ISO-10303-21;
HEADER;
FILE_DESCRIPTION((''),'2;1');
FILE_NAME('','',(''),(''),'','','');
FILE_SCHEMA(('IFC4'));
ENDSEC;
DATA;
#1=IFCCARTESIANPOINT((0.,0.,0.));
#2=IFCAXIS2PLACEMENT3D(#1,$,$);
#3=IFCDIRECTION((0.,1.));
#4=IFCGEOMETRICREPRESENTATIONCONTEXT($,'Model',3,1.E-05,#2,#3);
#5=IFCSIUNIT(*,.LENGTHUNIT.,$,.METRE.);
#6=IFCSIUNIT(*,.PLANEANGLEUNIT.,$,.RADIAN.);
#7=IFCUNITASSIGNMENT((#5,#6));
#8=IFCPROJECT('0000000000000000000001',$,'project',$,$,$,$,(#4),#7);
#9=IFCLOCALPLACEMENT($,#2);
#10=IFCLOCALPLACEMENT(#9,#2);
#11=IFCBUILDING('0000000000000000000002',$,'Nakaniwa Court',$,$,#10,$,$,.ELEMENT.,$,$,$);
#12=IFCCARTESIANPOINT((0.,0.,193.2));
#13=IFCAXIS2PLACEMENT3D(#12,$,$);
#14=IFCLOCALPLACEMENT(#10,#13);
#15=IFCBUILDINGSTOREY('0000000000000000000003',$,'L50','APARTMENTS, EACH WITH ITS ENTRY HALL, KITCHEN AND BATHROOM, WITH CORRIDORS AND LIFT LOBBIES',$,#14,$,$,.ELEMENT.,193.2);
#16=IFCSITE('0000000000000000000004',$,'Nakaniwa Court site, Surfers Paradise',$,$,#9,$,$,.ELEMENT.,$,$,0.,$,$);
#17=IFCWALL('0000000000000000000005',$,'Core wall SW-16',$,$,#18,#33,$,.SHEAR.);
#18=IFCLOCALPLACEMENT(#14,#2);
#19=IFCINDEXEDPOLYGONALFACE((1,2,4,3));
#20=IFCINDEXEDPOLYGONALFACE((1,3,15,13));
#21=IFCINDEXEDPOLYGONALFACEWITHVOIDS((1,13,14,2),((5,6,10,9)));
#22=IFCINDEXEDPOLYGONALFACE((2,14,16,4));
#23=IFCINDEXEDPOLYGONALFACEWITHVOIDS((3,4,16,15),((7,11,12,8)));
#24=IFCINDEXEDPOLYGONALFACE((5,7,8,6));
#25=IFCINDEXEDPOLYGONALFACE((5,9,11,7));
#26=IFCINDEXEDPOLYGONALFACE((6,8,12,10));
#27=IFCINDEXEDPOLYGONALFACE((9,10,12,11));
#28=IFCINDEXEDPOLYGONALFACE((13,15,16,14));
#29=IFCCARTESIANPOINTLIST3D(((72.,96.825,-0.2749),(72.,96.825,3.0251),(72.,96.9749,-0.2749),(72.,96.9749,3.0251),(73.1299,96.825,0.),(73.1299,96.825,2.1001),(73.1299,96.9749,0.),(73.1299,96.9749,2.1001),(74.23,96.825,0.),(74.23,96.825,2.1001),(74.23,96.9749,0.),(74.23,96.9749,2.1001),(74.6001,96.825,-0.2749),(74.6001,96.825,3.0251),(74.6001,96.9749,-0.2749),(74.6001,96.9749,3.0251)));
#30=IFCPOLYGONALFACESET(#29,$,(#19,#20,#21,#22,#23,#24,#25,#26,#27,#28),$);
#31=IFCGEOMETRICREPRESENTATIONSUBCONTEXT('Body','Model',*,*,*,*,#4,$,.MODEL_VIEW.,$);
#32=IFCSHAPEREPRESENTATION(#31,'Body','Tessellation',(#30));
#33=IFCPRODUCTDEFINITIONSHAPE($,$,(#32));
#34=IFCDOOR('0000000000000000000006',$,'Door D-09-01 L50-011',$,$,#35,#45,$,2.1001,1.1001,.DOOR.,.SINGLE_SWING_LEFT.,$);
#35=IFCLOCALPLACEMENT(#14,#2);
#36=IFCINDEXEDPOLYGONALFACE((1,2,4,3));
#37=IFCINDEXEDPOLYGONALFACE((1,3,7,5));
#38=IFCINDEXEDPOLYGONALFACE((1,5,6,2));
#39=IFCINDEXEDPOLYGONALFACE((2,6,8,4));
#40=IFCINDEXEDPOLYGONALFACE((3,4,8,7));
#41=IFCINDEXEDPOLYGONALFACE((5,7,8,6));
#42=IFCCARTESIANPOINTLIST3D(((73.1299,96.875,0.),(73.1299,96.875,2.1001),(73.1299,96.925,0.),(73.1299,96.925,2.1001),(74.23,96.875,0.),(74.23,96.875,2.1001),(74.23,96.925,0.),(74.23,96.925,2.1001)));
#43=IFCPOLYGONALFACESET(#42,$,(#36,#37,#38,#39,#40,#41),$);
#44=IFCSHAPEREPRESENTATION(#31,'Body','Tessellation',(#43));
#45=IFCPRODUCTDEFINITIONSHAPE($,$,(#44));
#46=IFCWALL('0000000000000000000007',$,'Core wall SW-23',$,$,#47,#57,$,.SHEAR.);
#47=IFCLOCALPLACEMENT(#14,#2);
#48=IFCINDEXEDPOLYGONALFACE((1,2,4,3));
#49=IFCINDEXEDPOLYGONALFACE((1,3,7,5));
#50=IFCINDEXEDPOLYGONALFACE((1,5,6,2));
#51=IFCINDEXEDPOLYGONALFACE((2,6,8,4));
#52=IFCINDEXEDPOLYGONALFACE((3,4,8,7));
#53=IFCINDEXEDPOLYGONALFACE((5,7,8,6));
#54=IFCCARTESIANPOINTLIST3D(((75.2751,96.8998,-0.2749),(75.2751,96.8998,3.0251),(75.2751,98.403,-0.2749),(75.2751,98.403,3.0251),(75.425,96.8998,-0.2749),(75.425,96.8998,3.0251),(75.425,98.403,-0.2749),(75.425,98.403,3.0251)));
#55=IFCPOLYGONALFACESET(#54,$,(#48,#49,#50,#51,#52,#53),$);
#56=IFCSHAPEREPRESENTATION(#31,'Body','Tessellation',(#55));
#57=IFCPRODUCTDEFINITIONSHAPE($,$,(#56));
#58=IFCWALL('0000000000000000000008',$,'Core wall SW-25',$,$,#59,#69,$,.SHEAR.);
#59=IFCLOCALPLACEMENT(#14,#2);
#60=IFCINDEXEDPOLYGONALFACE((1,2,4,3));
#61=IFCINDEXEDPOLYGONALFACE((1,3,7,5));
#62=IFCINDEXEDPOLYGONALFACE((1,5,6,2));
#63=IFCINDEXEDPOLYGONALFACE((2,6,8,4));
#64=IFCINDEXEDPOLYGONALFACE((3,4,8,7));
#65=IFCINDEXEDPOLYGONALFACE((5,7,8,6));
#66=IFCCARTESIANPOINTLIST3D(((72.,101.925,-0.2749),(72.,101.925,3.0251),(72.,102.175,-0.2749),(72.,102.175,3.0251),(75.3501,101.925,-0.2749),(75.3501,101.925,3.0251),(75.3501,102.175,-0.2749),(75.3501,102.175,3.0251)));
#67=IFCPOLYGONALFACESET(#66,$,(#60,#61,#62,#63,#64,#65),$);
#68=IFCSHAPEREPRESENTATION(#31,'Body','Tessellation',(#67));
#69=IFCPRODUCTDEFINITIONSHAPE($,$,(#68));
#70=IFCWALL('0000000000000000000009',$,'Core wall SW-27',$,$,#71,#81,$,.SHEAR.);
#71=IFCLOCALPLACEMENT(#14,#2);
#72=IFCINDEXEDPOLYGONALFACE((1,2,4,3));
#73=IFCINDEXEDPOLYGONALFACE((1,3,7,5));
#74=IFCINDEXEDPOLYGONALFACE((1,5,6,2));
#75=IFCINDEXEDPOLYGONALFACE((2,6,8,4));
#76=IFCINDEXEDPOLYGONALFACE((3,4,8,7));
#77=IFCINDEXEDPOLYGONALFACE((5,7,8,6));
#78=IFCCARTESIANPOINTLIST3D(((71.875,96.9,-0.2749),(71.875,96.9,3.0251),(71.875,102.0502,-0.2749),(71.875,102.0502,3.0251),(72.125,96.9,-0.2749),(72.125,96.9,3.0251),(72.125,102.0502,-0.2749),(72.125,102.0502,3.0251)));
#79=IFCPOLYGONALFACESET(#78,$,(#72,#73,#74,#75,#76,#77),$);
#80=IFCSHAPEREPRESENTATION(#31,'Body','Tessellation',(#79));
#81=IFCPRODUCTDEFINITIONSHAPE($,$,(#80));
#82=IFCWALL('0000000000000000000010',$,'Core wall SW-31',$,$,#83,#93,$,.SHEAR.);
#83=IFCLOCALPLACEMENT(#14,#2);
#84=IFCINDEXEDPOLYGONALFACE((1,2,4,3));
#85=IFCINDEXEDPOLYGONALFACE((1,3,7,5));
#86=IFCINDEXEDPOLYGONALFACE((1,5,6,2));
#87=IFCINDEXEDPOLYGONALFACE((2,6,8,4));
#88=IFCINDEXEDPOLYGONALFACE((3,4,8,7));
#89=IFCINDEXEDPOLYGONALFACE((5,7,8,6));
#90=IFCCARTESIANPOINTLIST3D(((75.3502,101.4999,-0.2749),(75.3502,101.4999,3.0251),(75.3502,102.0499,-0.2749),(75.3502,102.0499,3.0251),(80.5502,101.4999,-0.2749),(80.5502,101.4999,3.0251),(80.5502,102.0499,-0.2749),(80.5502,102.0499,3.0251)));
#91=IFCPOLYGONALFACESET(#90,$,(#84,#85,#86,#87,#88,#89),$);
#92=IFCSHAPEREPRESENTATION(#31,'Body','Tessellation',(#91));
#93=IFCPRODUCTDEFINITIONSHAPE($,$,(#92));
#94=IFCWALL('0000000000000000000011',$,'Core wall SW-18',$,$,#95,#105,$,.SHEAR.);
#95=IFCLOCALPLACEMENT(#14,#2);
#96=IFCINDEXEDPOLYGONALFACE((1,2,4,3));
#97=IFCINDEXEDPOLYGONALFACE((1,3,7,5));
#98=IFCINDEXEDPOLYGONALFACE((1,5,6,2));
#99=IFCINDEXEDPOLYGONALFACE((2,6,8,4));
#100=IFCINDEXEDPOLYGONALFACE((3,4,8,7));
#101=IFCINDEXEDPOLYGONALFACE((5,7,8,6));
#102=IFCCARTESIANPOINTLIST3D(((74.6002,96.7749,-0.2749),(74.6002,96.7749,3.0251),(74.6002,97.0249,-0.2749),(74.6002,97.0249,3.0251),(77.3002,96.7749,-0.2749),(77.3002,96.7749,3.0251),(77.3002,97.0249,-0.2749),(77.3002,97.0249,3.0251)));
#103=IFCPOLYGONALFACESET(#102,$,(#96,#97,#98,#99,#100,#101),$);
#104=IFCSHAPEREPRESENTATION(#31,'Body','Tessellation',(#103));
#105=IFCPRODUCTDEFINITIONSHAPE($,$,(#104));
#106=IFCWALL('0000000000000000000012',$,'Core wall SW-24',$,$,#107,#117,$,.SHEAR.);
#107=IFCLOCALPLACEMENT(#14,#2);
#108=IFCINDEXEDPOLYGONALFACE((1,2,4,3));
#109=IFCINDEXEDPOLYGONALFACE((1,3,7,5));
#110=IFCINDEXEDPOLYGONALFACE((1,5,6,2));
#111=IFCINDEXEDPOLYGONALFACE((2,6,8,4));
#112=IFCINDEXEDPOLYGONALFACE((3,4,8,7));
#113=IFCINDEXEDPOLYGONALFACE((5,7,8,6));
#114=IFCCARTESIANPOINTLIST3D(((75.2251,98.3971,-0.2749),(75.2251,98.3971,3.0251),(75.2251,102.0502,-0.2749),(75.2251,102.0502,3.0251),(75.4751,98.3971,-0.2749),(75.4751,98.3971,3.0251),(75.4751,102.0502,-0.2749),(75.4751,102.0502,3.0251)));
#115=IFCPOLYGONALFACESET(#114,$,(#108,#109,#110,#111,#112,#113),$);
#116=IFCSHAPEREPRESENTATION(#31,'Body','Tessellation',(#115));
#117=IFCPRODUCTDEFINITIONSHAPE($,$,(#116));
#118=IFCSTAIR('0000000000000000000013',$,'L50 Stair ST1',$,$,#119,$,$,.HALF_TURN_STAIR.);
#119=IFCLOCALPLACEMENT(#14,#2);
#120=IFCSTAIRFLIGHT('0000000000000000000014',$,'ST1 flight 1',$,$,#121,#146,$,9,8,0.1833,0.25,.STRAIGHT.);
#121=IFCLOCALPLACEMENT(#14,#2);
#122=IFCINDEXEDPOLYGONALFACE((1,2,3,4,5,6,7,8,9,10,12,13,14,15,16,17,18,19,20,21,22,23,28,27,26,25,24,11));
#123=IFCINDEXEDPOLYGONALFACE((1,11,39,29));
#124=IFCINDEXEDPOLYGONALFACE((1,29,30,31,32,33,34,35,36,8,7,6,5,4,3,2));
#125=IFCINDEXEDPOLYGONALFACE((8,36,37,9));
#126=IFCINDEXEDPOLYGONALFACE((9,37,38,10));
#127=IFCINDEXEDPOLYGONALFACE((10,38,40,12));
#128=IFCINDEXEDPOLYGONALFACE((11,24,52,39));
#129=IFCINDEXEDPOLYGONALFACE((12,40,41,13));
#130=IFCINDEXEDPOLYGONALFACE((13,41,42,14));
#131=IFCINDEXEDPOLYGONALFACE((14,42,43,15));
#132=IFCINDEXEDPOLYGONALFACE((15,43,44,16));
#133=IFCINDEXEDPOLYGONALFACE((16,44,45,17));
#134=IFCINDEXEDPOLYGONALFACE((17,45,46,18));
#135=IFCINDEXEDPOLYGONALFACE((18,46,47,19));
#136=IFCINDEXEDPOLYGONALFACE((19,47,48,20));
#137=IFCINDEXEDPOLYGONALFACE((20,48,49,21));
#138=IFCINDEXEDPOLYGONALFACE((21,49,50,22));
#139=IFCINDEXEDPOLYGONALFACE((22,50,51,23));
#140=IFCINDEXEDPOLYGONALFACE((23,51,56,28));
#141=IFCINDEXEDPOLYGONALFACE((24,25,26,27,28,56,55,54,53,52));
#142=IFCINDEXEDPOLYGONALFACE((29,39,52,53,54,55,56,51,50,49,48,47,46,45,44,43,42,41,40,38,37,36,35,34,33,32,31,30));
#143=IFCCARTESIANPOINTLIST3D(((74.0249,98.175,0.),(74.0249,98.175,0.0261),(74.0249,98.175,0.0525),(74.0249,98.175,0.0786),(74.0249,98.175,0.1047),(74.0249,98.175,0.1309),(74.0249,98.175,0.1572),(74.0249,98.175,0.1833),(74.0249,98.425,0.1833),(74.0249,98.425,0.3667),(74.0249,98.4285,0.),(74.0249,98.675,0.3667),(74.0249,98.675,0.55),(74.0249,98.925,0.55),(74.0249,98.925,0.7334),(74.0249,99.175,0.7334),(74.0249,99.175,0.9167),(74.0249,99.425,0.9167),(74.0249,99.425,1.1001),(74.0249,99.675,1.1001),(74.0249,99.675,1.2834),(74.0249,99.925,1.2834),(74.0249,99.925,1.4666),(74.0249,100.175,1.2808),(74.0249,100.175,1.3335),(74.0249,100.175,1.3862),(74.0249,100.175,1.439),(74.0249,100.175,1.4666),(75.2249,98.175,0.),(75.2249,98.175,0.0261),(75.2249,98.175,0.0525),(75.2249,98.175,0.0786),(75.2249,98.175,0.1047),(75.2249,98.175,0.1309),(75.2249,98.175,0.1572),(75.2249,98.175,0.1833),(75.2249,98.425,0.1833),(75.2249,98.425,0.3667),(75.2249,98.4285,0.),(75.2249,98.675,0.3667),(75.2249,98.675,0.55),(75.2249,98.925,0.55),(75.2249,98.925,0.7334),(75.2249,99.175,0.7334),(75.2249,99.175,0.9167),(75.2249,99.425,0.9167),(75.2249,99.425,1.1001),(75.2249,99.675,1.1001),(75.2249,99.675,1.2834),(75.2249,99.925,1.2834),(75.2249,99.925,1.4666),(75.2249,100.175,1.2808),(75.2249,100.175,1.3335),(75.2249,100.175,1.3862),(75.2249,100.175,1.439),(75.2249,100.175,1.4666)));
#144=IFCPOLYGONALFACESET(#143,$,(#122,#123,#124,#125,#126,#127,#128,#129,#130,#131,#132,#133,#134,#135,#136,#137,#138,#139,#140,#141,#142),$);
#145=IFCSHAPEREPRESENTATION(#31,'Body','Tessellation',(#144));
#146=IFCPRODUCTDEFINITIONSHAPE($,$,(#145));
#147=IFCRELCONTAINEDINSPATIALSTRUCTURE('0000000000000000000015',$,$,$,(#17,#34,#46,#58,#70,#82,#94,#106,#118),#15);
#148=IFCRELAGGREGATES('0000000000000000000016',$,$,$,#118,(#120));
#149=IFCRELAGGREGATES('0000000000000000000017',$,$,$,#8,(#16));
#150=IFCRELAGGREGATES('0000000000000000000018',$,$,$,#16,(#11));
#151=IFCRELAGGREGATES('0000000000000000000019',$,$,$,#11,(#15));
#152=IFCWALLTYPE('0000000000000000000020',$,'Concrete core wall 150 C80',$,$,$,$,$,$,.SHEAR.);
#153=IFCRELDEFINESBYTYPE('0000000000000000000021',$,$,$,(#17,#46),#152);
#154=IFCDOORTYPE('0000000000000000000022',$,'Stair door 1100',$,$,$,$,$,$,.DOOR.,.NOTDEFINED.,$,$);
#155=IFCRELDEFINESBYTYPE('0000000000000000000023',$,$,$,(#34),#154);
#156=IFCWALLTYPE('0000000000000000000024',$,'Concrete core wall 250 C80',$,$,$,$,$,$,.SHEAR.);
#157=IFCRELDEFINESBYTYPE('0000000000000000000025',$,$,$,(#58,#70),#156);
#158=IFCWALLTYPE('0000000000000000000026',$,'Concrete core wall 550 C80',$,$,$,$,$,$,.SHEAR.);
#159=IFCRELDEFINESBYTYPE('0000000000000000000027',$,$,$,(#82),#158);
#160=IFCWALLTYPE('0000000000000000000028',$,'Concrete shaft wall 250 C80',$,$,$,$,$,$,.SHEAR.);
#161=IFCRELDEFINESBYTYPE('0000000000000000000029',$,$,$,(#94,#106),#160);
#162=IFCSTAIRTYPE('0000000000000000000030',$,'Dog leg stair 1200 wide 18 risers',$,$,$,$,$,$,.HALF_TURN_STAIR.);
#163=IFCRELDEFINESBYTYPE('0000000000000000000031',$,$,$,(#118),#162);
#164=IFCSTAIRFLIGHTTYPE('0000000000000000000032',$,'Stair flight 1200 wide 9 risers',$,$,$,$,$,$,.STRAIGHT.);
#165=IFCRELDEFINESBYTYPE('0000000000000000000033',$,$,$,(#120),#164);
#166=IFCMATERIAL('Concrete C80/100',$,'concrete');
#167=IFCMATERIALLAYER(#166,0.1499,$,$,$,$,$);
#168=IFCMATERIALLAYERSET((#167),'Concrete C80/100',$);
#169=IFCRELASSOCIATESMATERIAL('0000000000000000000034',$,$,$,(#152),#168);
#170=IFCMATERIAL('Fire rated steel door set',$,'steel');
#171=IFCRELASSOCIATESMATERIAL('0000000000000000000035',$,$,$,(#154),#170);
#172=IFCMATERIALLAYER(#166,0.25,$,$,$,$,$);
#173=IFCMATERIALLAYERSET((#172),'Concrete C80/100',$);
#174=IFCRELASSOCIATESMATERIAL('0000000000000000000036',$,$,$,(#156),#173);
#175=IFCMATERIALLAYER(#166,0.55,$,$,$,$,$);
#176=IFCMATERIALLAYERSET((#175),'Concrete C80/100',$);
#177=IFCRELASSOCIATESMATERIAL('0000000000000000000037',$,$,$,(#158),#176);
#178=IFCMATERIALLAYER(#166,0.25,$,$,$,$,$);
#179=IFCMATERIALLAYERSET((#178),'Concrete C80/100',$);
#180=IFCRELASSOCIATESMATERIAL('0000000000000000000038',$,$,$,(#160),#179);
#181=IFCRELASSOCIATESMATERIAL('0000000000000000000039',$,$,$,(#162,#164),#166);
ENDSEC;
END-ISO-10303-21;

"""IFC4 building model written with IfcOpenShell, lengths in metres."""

from ifc_helpers import new_model, si_unit, direction, frame, frame_2d, origin, place, context, subcontext, project, spatial, polyline, rectangle, outline, extrude, material, layer, layer_set, type_object, element, fill, aggregate, save


model = new_model("IFC4")

# Units and contexts
model_context = context("Model", 3, precision=1e-05, world=origin(), true_north=direction((0.0, 1.0)))
body_context = subcontext(model_context, "Body", "Model", "MODEL_VIEW")
ifc_project = project(units=[si_unit("LENGTHUNIT", "METRE"), si_unit("PLANEANGLEUNIT", "RADIAN")], contexts=[model_context])

# Site, building, storey
site_placement = place(None, origin())
site = spatial("IfcSite", under=ifc_project, at=site_placement, Name="Nakaniwa Court site, Surfers Paradise", CompositionType="ELEMENT", RefElevation=0.0)
building_placement = place(site_placement, origin())
building = spatial("IfcBuilding", under=site, at=building_placement, Name="Nakaniwa Court", CompositionType="ELEMENT")
storey_placement = place(building_placement, frame((0.0, 0.0, 193.2)))
storey = spatial("IfcBuildingStorey", under=building, at=storey_placement, Name="L50", Description="APARTMENTS, EACH WITH ITS ENTRY HALL, KITCHEN AND BATHROOM, WITH CORRIDORS AND LIFT LOBBIES", CompositionType="ELEMENT", Elevation=193.2)

# Shared definitions
ifc_material_1 = material(Name="Concrete C80/100", Category="concrete")

# Shared definitions
ifc_material_2 = material(Name="Fire rated steel door set", Category="steel")

# Wall, opening, door
ifc_layer_1 = layer(ifc_material_1, 0.1499)
ifc_layer_set_1 = layer_set([ifc_layer_1], Name="Concrete C80/100")
wall_type_1 = type_object("IfcWallType", Name="Concrete core wall 150 C80", PredefinedType="SHEAR", material=ifc_layer_set_1)
wall_1_placement = place(storey_placement, frame((74.6001, 96.8999, -0.2749), z_axis=(0.0, 0.0, 1.0), x_axis=(-1.0, 0.0, 0.0)))
wall_1 = element("IfcWall", 1, at=wall_1_placement, inside=storey, type_object=wall_type_1, Name="Core wall SW-16", PredefinedType="SHEAR", context=body_context, shape_type="SweptSolid", body=[
    extrude(rectangle(XDim=2.6001, YDim=0.1499, at=frame_2d((1.3, 0.0))), origin(), (0.0, 0.0, 1.0), 3.3),
])
opening_1_placement = place(wall_1_placement, frame((0.3701, 0.0, 0.2749)))
opening_1 = element("IfcOpeningElement", 2, at=opening_1_placement, cuts=wall_1, PredefinedType="OPENING", context=body_context, shape_type="SweptSolid", body=[
    extrude(rectangle(XDim=1.1001, YDim=2.1001, at=frame_2d((0.55, 1.05))), frame((0.0, 0.085, 0.0), z_axis=(0.0, -1.0, 0.0), x_axis=(1.0, 0.0, 0.0)), (0.0, 0.0, 1.0), 0.1699),
])
door_type_1 = type_object("IfcDoorType", Name="Stair door 1100", OperationType="NOTDEFINED", PredefinedType="DOOR", material=ifc_material_2)
door_1_placement = place(opening_1_placement, origin())
door_1 = element("IfcDoor", 3, at=door_1_placement, inside=storey, type_object=door_type_1, Name="Door D-09-01 L50-011", OperationType="SINGLE_SWING_LEFT", OverallHeight=2.1001, OverallWidth=1.1001, PredefinedType="DOOR", context=body_context, shape_type="SweptSolid", body=[
    extrude(rectangle(XDim=1.1001, YDim=2.1001, at=frame_2d((0.55, 1.05))), frame((0.0, 0.0249, 0.0), z_axis=(0.0, -1.0, 0.0), x_axis=(1.0, 0.0, 0.0)), (0.0, 0.0, 1.0), 0.05),
])
fill(opening_1, door_1)

# Walls
wall_2_placement = place(storey_placement, frame((75.3501, 96.8999, -0.2749), z_axis=(0.0, 0.0, 1.0), x_axis=(0.0, 1.0, 0.0)))
element("IfcWall", 4, at=wall_2_placement, inside=storey, type_object=wall_type_1, Name="Core wall SW-23", PredefinedType="SHEAR", context=body_context, shape_type="SweptSolid", body=[
    extrude(rectangle(XDim=1.5032, YDim=0.1499, at=frame_2d((0.7515, 0.0))), origin(), (0.0, 0.0, 1.0), 3.3),
])
ifc_layer_2 = layer(ifc_material_1, 0.25)
ifc_layer_set_2 = layer_set([ifc_layer_2], Name="Concrete C80/100")
wall_type_2 = type_object("IfcWallType", Name="Concrete core wall 250 C80", PredefinedType="SHEAR", material=ifc_layer_set_2)
wall_3_placement = place(storey_placement, frame((72.0, 102.05, -0.2749), z_axis=(0.0, 0.0, 1.0), x_axis=(1.0, 0.0, 0.0)))
element("IfcWall", 5, at=wall_3_placement, inside=storey, type_object=wall_type_2, Name="Core wall SW-25", PredefinedType="SHEAR", context=body_context, shape_type="SweptSolid", body=[
    extrude(rectangle(XDim=3.3501, YDim=0.25, at=frame_2d((1.675, 0.0))), origin(), (0.0, 0.0, 1.0), 3.3),
])
wall_4_placement = place(storey_placement, frame((72.0, 96.8999, -0.2749), z_axis=(0.0, 0.0, 1.0), x_axis=(0.0, 1.0, 0.0)))
element("IfcWall", 6, at=wall_4_placement, inside=storey, type_object=wall_type_2, Name="Core wall SW-27", PredefinedType="SHEAR", context=body_context, shape_type="SweptSolid", body=[
    extrude(rectangle(XDim=5.1501, YDim=0.25, at=frame_2d((2.5752, 0.0))), origin(), (0.0, 0.0, 1.0), 3.3),
])
ifc_layer_3 = layer(ifc_material_1, 0.55)
ifc_layer_set_3 = layer_set([ifc_layer_3], Name="Concrete C80/100")
wall_type_3 = type_object("IfcWallType", Name="Concrete core wall 550 C80", PredefinedType="SHEAR", material=ifc_layer_set_3)
wall_5_placement = place(storey_placement, frame((75.3501, 101.7749, -0.2749), z_axis=(0.0, 0.0, 1.0), x_axis=(1.0, 0.0, 0.0)))
element("IfcWall", 7, at=wall_5_placement, inside=storey, type_object=wall_type_3, Name="Core wall SW-31", PredefinedType="SHEAR", context=body_context, shape_type="SweptSolid", body=[
    extrude(rectangle(XDim=5.2, YDim=0.55, at=frame_2d((2.6001, 0.0))), origin(), (0.0, 0.0, 1.0), 3.3),
])
ifc_layer_4 = layer(ifc_material_1, 0.25)
ifc_layer_set_4 = layer_set([ifc_layer_4], Name="Concrete C80/100")
wall_type_4 = type_object("IfcWallType", Name="Concrete shaft wall 250 C80", PredefinedType="SHEAR", material=ifc_layer_set_4)
wall_6_placement = place(storey_placement, frame((74.6001, 96.8999, -0.2749), z_axis=(0.0, 0.0, 1.0), x_axis=(1.0, 0.0, 0.0)))
element("IfcWall", 8, at=wall_6_placement, inside=storey, type_object=wall_type_4, Name="Core wall SW-18", PredefinedType="SHEAR", context=body_context, shape_type="SweptSolid", body=[
    extrude(rectangle(XDim=2.7, YDim=0.25, at=frame_2d((1.3501, 0.0))), origin(), (0.0, 0.0, 1.0), 3.3),
])
wall_7_placement = place(storey_placement, frame((75.3501, 98.397, -0.2749), z_axis=(0.0, 0.0, 1.0), x_axis=(0.0, 1.0, 0.0)))
element("IfcWall", 9, at=wall_7_placement, inside=storey, type_object=wall_type_4, Name="Core wall SW-24", PredefinedType="SHEAR", context=body_context, shape_type="SweptSolid", body=[
    extrude(rectangle(XDim=3.6531, YDim=0.25, at=frame_2d((1.8267, 0.0))), origin(), (0.0, 0.0, 1.0), 3.3),
])

# Stair, stair flight
stair_type = type_object("IfcStairType", Name="Dog leg stair 1200 wide 18 risers", PredefinedType="HALF_TURN_STAIR", material=ifc_material_1)
stair_placement = place(storey_placement, origin())
stair = element("IfcStair", 10, at=stair_placement, inside=storey, type_object=stair_type, Name="L50 Stair ST1", PredefinedType="HALF_TURN_STAIR")
stair_flight_type = type_object("IfcStairFlightType", Name="Stair flight 1200 wide 9 risers", PredefinedType="STRAIGHT", material=ifc_material_1)
stair_flight_1_placement = place(storey_placement, frame((74.625, 98.175, 0.0), z_axis=(0.0, 0.0, 1.0), x_axis=(0.0, 1.0, 0.0)))
stair_flight_1 = element("IfcStairFlight", 11, at=stair_flight_1_placement, type_object=stair_flight_type, Name="ST1 flight 1", NumberOfRisers=9, NumberOfTreads=8, PredefinedType="STRAIGHT", RiserHeight=0.1833, TreadLength=0.25, context=body_context, shape_type="SweptSolid", body=[
    extrude(outline(polyline([(0.0, 0.0), (0.0, 0.0261), (0.0, 0.0525), (0.0, 0.0786), (0.0, 0.1047), (0.0, 0.1309), (0.0, 0.1572), (0.0, 0.1833), (0.25, 0.1833), (0.25, 0.3667), (0.5, 0.3667), (0.5, 0.55), (0.75, 0.55), (0.75, 0.7334), (1.0, 0.7334), (1.0, 0.9167), (1.25, 0.9167), (1.25, 1.1001), (1.5, 1.1001), (1.5, 1.2834), (1.75, 1.2834), (1.75, 1.4666), (2.0, 1.4666), (2.0, 1.6499), (2.0, 1.5972), (2.0, 1.5444), (2.0, 1.4917), (2.0, 1.439), (2.0, 1.3862), (2.0, 1.3335), (2.0, 1.2808), (0.2534, 0.0), (0.0, 0.0)])), frame((0.0, 0.6001, 0.0), z_axis=(0.0, -1.0, 0.0), x_axis=(1.0, 0.0, 0.0)), (0.0, 0.0, 1.0), 1.2),
])
aggregate(stair, [stair_flight_1])

save(model, "model.ifc")
